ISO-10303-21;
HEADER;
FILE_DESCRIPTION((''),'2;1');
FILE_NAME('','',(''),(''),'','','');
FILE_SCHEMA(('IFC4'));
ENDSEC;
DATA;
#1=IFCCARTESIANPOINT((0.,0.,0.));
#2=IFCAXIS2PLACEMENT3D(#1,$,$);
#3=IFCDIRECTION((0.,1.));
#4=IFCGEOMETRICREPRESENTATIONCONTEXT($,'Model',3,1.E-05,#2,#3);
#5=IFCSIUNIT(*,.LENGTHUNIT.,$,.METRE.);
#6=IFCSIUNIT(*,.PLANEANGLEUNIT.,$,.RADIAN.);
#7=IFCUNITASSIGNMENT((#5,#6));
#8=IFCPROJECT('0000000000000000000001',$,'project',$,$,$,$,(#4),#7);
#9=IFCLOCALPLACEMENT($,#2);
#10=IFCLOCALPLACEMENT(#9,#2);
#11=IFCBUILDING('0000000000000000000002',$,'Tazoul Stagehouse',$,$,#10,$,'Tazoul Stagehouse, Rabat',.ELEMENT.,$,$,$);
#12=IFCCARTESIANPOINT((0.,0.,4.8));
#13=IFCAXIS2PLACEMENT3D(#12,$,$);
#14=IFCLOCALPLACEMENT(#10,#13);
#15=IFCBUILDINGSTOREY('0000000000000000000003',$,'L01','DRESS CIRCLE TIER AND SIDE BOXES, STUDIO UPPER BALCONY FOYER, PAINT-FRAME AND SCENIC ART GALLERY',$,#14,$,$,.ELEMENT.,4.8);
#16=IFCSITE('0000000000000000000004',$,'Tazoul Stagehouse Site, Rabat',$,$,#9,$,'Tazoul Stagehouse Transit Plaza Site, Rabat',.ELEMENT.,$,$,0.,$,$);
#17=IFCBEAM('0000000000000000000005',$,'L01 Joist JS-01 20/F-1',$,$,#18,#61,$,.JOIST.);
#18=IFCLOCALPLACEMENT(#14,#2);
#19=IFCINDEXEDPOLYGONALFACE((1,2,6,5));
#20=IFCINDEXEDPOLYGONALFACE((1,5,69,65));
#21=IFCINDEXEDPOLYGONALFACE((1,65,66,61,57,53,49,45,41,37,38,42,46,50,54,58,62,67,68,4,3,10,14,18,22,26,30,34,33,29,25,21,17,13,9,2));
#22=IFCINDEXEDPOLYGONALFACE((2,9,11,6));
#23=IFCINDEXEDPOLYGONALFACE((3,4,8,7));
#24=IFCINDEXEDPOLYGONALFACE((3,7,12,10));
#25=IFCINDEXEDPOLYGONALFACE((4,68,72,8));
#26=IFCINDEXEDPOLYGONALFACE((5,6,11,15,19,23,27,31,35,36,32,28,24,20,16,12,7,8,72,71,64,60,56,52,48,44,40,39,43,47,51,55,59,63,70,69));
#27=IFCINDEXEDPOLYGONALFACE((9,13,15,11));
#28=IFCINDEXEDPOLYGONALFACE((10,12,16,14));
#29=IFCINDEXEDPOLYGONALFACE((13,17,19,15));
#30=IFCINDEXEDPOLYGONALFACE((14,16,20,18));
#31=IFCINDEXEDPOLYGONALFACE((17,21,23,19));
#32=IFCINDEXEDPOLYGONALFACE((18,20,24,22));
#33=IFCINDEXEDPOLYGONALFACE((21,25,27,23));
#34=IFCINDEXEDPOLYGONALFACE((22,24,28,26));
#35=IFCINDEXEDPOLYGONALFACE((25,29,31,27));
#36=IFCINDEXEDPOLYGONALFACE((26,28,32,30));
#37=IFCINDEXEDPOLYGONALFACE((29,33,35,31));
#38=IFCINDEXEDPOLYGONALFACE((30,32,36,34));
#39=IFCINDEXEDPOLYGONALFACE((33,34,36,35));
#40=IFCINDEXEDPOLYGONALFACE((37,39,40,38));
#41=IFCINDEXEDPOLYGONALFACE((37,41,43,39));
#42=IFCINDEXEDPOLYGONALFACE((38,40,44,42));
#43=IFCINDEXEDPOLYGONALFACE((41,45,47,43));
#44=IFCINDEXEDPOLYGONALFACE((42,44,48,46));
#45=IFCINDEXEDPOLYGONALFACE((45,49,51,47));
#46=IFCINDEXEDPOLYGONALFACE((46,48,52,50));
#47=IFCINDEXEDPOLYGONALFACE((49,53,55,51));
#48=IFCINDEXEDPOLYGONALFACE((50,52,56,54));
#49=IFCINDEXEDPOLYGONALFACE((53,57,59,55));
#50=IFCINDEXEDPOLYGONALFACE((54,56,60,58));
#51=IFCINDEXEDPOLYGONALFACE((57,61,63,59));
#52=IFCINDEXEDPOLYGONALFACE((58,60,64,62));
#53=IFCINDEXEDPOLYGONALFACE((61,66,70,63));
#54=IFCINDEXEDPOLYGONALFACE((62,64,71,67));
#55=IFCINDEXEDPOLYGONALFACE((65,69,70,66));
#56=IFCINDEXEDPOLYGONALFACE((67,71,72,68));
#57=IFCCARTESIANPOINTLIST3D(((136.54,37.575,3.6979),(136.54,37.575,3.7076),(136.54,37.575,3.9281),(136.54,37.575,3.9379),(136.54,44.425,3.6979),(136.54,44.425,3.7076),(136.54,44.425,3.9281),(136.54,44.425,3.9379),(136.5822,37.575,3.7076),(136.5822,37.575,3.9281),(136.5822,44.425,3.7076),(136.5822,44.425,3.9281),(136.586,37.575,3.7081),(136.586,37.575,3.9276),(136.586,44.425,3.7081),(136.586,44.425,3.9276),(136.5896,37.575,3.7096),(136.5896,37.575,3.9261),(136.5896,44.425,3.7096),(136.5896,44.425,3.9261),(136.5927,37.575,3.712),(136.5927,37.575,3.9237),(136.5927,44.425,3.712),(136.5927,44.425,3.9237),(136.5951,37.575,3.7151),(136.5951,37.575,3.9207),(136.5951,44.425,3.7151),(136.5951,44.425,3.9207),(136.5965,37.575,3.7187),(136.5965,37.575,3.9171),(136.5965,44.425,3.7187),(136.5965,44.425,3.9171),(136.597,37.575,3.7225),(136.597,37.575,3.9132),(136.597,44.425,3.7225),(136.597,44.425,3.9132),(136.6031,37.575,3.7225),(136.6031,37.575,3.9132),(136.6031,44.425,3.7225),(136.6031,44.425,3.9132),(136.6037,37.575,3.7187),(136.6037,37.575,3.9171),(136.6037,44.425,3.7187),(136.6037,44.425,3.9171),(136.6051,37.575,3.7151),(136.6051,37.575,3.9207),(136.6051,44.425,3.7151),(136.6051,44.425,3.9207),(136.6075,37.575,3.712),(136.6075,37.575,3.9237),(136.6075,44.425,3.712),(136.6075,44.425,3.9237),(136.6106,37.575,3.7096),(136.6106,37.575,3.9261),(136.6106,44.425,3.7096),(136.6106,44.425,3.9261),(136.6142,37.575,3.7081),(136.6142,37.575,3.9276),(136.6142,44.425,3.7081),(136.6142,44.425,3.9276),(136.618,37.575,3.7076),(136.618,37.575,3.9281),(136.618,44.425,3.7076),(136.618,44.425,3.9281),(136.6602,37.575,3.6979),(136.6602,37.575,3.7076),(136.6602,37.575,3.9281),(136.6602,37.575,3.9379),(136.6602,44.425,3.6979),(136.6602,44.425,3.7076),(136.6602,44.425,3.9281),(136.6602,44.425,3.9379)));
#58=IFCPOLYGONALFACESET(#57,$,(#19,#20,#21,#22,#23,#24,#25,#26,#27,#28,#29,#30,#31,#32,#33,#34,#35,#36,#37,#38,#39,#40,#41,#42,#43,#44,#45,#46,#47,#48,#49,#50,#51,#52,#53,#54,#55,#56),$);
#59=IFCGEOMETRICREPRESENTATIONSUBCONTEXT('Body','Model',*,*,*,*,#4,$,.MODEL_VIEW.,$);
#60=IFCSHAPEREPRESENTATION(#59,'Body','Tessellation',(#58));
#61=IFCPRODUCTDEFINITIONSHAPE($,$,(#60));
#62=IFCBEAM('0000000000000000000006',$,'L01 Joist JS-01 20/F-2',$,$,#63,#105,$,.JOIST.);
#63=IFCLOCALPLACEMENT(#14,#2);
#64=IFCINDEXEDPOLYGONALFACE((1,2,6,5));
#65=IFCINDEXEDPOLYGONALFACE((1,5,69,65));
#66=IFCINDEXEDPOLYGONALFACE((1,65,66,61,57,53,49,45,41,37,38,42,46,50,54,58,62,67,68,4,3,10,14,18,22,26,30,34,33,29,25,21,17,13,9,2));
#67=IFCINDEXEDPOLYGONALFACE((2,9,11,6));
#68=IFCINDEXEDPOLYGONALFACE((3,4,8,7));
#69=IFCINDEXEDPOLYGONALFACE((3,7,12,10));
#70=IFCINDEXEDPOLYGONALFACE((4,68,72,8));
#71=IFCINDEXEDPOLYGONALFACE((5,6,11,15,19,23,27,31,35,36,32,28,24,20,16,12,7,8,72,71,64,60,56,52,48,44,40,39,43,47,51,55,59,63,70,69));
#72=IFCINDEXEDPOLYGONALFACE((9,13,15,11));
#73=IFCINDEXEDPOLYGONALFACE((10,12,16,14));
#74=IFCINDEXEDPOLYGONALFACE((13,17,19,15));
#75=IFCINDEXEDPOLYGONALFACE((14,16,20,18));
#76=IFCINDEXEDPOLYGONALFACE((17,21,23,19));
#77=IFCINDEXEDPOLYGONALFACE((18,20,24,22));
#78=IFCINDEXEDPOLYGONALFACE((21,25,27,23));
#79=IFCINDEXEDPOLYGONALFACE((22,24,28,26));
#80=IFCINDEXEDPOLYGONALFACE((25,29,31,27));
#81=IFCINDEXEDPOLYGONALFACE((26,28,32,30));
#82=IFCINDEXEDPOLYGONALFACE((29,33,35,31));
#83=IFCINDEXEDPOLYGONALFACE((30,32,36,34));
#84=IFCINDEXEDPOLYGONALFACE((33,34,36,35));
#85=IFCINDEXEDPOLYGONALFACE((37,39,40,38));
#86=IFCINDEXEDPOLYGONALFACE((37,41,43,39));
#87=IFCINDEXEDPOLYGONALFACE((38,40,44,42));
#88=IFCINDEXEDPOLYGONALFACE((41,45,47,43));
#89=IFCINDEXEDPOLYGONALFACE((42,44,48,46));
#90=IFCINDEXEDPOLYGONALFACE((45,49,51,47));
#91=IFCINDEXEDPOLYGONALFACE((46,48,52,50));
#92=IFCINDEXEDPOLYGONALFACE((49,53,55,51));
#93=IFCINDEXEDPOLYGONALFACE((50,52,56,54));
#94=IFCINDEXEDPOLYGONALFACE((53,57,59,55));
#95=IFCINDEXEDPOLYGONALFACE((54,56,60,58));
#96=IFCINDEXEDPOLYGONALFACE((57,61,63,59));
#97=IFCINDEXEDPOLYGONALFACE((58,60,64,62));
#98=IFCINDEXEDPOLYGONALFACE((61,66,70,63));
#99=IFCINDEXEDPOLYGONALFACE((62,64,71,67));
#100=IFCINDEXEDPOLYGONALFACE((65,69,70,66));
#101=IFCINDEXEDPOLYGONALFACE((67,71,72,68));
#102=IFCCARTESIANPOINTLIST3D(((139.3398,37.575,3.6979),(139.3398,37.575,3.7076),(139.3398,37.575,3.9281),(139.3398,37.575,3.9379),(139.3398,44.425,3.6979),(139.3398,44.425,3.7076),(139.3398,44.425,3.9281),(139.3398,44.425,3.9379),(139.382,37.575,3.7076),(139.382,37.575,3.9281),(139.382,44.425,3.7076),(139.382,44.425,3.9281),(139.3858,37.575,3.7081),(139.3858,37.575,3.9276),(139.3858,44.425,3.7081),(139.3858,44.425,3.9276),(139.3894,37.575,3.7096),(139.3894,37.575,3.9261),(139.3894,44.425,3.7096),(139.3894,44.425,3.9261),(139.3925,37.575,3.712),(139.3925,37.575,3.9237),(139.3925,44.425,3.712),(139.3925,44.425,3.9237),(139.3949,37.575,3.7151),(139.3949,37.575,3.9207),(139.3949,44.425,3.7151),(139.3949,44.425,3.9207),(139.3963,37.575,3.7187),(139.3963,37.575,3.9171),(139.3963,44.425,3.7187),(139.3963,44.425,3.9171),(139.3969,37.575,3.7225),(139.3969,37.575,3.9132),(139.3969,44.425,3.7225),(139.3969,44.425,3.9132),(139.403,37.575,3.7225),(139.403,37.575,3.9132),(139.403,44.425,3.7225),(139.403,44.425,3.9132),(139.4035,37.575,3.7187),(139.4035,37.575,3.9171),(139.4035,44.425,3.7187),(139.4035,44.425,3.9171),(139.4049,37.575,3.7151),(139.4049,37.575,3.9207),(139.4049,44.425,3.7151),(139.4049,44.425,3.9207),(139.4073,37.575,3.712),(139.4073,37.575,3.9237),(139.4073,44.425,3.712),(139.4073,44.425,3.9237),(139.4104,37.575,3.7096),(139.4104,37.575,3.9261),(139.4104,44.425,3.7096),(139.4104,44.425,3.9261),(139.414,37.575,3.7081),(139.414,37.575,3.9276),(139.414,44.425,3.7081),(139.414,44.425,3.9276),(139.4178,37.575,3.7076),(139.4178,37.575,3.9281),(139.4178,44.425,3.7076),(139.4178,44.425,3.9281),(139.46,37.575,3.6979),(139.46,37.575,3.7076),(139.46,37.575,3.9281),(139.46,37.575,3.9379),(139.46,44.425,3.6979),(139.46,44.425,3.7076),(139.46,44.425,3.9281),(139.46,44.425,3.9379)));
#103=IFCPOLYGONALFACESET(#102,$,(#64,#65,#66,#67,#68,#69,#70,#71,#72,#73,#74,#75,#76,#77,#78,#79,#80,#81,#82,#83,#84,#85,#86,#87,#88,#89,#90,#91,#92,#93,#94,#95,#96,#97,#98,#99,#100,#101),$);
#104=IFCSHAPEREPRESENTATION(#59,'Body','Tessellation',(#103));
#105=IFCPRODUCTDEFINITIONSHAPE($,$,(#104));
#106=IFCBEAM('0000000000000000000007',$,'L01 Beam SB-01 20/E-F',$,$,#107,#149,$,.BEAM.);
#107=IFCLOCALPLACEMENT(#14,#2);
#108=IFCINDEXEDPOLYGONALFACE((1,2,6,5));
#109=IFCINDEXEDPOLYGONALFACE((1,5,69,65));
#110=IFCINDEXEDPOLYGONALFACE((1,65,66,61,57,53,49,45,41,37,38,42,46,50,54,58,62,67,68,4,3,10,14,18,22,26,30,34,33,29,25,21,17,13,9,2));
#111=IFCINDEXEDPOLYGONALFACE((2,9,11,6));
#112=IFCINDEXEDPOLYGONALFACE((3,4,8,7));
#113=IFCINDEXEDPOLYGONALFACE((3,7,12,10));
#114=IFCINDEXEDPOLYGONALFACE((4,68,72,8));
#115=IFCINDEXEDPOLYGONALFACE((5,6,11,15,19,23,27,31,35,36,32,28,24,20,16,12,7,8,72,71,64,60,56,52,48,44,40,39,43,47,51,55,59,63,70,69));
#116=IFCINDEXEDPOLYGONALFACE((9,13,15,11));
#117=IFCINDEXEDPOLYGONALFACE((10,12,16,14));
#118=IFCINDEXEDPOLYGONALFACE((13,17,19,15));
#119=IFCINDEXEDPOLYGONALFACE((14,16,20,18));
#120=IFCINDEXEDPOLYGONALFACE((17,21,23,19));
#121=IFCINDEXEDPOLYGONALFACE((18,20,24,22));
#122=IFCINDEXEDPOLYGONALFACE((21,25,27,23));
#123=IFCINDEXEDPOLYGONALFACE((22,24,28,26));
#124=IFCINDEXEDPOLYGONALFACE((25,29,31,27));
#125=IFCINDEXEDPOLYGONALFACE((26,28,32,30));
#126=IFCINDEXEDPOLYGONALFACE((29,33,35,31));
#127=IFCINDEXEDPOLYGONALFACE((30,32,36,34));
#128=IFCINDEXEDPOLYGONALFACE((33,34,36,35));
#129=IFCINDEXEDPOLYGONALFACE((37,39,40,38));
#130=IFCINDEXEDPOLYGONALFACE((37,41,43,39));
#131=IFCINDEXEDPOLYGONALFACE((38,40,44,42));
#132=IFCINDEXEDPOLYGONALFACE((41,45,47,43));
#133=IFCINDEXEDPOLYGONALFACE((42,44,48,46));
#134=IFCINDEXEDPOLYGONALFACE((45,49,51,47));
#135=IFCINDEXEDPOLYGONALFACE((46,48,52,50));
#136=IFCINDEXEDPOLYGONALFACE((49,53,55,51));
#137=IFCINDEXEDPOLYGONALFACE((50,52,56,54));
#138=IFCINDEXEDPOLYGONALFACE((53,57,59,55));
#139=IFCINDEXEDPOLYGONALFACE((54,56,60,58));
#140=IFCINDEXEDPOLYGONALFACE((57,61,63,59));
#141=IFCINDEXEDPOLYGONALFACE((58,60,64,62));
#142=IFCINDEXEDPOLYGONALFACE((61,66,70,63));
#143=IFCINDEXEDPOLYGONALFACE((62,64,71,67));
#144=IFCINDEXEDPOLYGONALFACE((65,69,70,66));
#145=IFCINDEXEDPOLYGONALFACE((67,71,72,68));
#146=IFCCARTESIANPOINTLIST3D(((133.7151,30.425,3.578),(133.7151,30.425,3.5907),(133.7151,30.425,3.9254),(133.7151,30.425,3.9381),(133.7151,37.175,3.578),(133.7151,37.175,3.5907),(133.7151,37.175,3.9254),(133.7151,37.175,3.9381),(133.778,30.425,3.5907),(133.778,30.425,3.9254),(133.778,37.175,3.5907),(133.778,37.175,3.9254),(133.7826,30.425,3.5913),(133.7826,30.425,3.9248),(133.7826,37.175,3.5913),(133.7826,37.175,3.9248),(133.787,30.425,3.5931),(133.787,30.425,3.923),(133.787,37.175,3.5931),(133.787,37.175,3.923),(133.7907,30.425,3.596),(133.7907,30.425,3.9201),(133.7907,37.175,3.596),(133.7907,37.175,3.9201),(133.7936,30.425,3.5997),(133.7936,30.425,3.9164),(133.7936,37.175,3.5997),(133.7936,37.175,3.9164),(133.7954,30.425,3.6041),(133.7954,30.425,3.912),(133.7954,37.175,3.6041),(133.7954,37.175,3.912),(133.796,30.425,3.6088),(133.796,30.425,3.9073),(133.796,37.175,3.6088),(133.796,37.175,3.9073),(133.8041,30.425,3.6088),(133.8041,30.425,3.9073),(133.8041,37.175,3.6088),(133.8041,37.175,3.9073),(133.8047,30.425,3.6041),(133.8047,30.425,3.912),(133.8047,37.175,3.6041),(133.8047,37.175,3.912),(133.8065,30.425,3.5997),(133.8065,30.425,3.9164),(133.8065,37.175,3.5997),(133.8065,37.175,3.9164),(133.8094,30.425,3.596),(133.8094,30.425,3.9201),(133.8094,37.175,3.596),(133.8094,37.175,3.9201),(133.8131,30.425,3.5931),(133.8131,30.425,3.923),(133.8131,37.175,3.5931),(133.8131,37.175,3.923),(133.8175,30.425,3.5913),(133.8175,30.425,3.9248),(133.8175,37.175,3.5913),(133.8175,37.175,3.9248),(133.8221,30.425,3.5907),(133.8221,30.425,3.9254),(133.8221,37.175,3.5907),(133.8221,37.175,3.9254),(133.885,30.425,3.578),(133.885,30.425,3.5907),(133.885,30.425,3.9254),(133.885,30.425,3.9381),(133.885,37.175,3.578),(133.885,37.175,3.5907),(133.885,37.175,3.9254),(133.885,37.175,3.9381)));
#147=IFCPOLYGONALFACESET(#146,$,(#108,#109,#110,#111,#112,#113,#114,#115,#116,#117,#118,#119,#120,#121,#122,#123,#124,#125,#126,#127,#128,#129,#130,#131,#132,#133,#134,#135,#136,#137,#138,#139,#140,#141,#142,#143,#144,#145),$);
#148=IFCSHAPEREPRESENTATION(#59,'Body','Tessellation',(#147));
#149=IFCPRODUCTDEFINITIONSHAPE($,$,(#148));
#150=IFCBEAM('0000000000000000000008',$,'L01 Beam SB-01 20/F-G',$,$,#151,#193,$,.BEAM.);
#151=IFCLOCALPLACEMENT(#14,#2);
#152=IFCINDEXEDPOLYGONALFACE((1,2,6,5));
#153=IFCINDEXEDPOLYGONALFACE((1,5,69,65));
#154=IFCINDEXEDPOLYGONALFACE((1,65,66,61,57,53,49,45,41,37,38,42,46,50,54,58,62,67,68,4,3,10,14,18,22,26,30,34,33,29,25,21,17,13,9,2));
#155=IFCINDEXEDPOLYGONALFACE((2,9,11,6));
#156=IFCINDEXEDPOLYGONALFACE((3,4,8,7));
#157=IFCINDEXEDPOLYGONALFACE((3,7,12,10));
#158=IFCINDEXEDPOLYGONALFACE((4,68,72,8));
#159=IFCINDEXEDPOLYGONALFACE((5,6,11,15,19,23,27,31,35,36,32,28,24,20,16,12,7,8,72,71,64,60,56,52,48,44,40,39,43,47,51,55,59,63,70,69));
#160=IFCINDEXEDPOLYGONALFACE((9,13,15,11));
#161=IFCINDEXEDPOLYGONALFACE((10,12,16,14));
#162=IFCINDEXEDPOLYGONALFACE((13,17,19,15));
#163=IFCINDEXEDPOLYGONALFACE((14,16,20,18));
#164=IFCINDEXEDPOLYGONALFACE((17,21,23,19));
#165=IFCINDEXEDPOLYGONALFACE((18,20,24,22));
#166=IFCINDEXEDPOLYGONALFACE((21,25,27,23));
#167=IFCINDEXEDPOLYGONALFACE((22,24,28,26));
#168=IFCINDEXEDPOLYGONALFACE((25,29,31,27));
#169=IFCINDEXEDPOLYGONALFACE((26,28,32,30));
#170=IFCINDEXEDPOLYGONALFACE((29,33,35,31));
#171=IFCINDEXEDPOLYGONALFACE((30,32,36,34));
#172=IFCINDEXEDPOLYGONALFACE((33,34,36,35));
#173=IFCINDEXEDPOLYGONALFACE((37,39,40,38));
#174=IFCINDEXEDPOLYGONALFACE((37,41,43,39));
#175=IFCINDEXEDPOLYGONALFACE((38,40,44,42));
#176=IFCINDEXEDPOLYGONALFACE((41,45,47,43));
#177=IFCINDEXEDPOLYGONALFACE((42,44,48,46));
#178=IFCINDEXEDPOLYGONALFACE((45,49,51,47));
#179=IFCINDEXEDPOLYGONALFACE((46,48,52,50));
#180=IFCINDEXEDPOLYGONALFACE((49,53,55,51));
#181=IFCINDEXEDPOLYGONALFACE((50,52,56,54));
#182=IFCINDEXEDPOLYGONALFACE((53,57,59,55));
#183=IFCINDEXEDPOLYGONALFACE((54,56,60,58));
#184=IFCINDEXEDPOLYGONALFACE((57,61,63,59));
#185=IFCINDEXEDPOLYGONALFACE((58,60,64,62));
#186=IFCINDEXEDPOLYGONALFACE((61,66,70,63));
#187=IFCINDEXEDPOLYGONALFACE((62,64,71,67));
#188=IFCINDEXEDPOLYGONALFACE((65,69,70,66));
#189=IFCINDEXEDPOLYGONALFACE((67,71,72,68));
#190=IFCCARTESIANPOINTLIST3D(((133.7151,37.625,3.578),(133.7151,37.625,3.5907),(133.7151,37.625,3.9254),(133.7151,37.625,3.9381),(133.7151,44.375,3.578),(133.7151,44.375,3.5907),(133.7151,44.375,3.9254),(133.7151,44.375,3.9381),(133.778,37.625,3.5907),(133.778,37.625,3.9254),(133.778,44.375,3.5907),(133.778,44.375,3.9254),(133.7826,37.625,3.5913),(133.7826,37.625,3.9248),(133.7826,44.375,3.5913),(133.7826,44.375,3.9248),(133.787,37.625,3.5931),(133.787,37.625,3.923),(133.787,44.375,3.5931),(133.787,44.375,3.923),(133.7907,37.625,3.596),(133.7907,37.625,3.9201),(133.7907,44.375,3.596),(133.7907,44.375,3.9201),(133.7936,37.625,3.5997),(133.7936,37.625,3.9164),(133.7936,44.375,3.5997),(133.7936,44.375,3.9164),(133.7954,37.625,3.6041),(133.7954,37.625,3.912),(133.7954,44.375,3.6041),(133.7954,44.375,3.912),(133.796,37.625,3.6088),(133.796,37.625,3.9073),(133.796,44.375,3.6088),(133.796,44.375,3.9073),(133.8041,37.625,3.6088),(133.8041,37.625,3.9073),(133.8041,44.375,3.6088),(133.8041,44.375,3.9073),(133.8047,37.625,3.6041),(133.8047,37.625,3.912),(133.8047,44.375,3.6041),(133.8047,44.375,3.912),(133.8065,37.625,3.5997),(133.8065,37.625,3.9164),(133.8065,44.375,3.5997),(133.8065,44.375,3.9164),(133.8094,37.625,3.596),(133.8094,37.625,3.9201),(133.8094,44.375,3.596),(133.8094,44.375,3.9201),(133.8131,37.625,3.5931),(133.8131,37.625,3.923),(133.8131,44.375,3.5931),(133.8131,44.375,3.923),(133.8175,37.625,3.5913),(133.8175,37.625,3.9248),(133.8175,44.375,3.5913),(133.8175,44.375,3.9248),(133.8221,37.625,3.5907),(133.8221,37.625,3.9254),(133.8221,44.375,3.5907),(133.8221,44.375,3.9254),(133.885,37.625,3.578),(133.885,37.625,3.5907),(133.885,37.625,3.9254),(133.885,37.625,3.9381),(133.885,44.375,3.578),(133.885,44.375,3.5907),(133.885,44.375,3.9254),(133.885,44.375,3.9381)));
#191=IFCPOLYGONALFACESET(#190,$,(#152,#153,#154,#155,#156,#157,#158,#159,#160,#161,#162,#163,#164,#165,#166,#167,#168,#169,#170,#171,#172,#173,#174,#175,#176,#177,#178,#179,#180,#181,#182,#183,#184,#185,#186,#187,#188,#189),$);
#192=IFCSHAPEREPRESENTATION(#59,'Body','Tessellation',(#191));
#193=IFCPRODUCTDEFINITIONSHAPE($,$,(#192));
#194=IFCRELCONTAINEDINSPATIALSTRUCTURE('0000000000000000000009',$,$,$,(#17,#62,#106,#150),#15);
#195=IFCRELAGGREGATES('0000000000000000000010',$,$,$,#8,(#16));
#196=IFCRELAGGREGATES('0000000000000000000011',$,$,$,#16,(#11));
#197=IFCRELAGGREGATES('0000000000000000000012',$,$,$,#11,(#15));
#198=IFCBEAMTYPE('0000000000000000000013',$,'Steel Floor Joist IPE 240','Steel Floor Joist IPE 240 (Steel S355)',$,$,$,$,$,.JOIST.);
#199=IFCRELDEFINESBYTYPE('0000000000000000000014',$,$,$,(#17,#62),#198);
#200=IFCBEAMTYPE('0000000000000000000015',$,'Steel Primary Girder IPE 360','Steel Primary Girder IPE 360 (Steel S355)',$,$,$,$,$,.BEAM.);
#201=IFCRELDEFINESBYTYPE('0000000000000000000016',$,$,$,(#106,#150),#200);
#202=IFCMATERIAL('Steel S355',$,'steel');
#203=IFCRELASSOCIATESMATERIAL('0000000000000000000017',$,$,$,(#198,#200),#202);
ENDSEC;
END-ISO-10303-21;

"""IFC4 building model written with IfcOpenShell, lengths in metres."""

from ifc_helpers import new_model, si_unit, direction, frame, origin, origin_2d, place, context, subcontext, project, spatial, i_section, extrude, material, material_profile, profile_set, type_object, element, save


model = new_model("IFC4")

# Units and contexts
model_context = context("Model", 3, precision=1e-05, world=origin(), true_north=direction((0.0, 1.0)))
body_context = subcontext(model_context, "Body", "Model", "MODEL_VIEW")
ifc_project = project(units=[si_unit("LENGTHUNIT", "METRE"), si_unit("PLANEANGLEUNIT", "RADIAN")], contexts=[model_context])

# Site, building, storey
site_placement = place(None, origin())
site = spatial("IfcSite", under=ifc_project, at=site_placement, Name="Tazoul Stagehouse Site, Rabat", LongName="Tazoul Stagehouse Transit Plaza Site, Rabat", CompositionType="ELEMENT", RefElevation=0.0)
building_placement = place(site_placement, origin())
building = spatial("IfcBuilding", under=site, at=building_placement, Name="Tazoul Stagehouse", LongName="Tazoul Stagehouse, Rabat", CompositionType="ELEMENT")
storey_placement = place(building_placement, frame((0.0, 0.0, 4.8)))
storey = spatial("IfcBuildingStorey", under=building, at=storey_placement, Name="L01", Description="DRESS CIRCLE TIER AND SIDE BOXES, STUDIO UPPER BALCONY FOYER, PAINT-FRAME AND SCENIC ART GALLERY", CompositionType="ELEMENT", Elevation=4.8)

# Beams
ifc_material_1 = material(Name="Steel S355", Category="steel")
ifc_material_profile_1 = material_profile(ifc_material_1, i_section(OverallWidth=0.1201, OverallDepth=0.24, WebThickness=0.0061, FlangeThickness=0.0098, FilletRadius=0.0149, at=origin_2d()), Name="IPE 240")
ifc_profile_set_1 = profile_set([ifc_material_profile_1], Name="Steel S355")
beam_type_1 = type_object("IfcBeamType", Name="Steel Floor Joist IPE 240", Description="Steel Floor Joist IPE 240 (Steel S355)", PredefinedType="JOIST", material=ifc_profile_set_1)
for number, where, z_axis, x_axis, name in (
    (1, (136.6001, 37.575, 3.8179), (0.0, 1.0, 0.0), (-1.0, 0.0, 0.0), "L01 Joist JS-01 20/F-1"),
    (2, (139.3999, 37.575, 3.8179), (0.0, 1.0, 0.0), (-1.0, 0.0, 0.0), "L01 Joist JS-01 20/F-2"),
):
    element("IfcBeam", number, at=place(storey_placement, frame(where, z_axis=z_axis, x_axis=x_axis)), inside=storey, type_object=beam_type_1, Name=name, PredefinedType="JOIST", context=body_context, shape_type="SweptSolid", body=[
        extrude(i_section(OverallWidth=0.1201, OverallDepth=0.24, WebThickness=0.0061, FlangeThickness=0.0098, FilletRadius=0.0149, at=origin_2d()), origin(), (0.0, 0.0, 1.0), 6.8501),
    ])
ifc_material_profile_2 = material_profile(ifc_material_1, i_section(OverallWidth=0.1699, OverallDepth=0.3601, WebThickness=0.0081, FlangeThickness=0.0127, FilletRadius=0.0181, at=origin_2d()), Name="IPE 360")
ifc_profile_set_2 = profile_set([ifc_material_profile_2], Name="Steel S355")
beam_type_2 = type_object("IfcBeamType", Name="Steel Primary Girder IPE 360", Description="Steel Primary Girder IPE 360 (Steel S355)", PredefinedType="BEAM", material=ifc_profile_set_2)
for number, where, z_axis, x_axis, name in (
    (3, (133.8, 30.425, 3.7581), (0.0, 1.0, 0.0), (-1.0, 0.0, 0.0), "L01 Beam SB-01 20/E-F"),
    (4, (133.8, 37.625, 3.7581), (0.0, 1.0, 0.0), (-1.0, 0.0, 0.0), "L01 Beam SB-01 20/F-G"),
):
    element("IfcBeam", number, at=place(storey_placement, frame(where, z_axis=z_axis, x_axis=x_axis)), inside=storey, type_object=beam_type_2, Name=name, PredefinedType="BEAM", context=body_context, shape_type="SweptSolid", body=[
        extrude(i_section(OverallWidth=0.1699, OverallDepth=0.3601, WebThickness=0.0081, FlangeThickness=0.0127, FilletRadius=0.0181, at=origin_2d()), origin(), (0.0, 0.0, 1.0), 6.75),
    ])

save(model, "model.ifc")
